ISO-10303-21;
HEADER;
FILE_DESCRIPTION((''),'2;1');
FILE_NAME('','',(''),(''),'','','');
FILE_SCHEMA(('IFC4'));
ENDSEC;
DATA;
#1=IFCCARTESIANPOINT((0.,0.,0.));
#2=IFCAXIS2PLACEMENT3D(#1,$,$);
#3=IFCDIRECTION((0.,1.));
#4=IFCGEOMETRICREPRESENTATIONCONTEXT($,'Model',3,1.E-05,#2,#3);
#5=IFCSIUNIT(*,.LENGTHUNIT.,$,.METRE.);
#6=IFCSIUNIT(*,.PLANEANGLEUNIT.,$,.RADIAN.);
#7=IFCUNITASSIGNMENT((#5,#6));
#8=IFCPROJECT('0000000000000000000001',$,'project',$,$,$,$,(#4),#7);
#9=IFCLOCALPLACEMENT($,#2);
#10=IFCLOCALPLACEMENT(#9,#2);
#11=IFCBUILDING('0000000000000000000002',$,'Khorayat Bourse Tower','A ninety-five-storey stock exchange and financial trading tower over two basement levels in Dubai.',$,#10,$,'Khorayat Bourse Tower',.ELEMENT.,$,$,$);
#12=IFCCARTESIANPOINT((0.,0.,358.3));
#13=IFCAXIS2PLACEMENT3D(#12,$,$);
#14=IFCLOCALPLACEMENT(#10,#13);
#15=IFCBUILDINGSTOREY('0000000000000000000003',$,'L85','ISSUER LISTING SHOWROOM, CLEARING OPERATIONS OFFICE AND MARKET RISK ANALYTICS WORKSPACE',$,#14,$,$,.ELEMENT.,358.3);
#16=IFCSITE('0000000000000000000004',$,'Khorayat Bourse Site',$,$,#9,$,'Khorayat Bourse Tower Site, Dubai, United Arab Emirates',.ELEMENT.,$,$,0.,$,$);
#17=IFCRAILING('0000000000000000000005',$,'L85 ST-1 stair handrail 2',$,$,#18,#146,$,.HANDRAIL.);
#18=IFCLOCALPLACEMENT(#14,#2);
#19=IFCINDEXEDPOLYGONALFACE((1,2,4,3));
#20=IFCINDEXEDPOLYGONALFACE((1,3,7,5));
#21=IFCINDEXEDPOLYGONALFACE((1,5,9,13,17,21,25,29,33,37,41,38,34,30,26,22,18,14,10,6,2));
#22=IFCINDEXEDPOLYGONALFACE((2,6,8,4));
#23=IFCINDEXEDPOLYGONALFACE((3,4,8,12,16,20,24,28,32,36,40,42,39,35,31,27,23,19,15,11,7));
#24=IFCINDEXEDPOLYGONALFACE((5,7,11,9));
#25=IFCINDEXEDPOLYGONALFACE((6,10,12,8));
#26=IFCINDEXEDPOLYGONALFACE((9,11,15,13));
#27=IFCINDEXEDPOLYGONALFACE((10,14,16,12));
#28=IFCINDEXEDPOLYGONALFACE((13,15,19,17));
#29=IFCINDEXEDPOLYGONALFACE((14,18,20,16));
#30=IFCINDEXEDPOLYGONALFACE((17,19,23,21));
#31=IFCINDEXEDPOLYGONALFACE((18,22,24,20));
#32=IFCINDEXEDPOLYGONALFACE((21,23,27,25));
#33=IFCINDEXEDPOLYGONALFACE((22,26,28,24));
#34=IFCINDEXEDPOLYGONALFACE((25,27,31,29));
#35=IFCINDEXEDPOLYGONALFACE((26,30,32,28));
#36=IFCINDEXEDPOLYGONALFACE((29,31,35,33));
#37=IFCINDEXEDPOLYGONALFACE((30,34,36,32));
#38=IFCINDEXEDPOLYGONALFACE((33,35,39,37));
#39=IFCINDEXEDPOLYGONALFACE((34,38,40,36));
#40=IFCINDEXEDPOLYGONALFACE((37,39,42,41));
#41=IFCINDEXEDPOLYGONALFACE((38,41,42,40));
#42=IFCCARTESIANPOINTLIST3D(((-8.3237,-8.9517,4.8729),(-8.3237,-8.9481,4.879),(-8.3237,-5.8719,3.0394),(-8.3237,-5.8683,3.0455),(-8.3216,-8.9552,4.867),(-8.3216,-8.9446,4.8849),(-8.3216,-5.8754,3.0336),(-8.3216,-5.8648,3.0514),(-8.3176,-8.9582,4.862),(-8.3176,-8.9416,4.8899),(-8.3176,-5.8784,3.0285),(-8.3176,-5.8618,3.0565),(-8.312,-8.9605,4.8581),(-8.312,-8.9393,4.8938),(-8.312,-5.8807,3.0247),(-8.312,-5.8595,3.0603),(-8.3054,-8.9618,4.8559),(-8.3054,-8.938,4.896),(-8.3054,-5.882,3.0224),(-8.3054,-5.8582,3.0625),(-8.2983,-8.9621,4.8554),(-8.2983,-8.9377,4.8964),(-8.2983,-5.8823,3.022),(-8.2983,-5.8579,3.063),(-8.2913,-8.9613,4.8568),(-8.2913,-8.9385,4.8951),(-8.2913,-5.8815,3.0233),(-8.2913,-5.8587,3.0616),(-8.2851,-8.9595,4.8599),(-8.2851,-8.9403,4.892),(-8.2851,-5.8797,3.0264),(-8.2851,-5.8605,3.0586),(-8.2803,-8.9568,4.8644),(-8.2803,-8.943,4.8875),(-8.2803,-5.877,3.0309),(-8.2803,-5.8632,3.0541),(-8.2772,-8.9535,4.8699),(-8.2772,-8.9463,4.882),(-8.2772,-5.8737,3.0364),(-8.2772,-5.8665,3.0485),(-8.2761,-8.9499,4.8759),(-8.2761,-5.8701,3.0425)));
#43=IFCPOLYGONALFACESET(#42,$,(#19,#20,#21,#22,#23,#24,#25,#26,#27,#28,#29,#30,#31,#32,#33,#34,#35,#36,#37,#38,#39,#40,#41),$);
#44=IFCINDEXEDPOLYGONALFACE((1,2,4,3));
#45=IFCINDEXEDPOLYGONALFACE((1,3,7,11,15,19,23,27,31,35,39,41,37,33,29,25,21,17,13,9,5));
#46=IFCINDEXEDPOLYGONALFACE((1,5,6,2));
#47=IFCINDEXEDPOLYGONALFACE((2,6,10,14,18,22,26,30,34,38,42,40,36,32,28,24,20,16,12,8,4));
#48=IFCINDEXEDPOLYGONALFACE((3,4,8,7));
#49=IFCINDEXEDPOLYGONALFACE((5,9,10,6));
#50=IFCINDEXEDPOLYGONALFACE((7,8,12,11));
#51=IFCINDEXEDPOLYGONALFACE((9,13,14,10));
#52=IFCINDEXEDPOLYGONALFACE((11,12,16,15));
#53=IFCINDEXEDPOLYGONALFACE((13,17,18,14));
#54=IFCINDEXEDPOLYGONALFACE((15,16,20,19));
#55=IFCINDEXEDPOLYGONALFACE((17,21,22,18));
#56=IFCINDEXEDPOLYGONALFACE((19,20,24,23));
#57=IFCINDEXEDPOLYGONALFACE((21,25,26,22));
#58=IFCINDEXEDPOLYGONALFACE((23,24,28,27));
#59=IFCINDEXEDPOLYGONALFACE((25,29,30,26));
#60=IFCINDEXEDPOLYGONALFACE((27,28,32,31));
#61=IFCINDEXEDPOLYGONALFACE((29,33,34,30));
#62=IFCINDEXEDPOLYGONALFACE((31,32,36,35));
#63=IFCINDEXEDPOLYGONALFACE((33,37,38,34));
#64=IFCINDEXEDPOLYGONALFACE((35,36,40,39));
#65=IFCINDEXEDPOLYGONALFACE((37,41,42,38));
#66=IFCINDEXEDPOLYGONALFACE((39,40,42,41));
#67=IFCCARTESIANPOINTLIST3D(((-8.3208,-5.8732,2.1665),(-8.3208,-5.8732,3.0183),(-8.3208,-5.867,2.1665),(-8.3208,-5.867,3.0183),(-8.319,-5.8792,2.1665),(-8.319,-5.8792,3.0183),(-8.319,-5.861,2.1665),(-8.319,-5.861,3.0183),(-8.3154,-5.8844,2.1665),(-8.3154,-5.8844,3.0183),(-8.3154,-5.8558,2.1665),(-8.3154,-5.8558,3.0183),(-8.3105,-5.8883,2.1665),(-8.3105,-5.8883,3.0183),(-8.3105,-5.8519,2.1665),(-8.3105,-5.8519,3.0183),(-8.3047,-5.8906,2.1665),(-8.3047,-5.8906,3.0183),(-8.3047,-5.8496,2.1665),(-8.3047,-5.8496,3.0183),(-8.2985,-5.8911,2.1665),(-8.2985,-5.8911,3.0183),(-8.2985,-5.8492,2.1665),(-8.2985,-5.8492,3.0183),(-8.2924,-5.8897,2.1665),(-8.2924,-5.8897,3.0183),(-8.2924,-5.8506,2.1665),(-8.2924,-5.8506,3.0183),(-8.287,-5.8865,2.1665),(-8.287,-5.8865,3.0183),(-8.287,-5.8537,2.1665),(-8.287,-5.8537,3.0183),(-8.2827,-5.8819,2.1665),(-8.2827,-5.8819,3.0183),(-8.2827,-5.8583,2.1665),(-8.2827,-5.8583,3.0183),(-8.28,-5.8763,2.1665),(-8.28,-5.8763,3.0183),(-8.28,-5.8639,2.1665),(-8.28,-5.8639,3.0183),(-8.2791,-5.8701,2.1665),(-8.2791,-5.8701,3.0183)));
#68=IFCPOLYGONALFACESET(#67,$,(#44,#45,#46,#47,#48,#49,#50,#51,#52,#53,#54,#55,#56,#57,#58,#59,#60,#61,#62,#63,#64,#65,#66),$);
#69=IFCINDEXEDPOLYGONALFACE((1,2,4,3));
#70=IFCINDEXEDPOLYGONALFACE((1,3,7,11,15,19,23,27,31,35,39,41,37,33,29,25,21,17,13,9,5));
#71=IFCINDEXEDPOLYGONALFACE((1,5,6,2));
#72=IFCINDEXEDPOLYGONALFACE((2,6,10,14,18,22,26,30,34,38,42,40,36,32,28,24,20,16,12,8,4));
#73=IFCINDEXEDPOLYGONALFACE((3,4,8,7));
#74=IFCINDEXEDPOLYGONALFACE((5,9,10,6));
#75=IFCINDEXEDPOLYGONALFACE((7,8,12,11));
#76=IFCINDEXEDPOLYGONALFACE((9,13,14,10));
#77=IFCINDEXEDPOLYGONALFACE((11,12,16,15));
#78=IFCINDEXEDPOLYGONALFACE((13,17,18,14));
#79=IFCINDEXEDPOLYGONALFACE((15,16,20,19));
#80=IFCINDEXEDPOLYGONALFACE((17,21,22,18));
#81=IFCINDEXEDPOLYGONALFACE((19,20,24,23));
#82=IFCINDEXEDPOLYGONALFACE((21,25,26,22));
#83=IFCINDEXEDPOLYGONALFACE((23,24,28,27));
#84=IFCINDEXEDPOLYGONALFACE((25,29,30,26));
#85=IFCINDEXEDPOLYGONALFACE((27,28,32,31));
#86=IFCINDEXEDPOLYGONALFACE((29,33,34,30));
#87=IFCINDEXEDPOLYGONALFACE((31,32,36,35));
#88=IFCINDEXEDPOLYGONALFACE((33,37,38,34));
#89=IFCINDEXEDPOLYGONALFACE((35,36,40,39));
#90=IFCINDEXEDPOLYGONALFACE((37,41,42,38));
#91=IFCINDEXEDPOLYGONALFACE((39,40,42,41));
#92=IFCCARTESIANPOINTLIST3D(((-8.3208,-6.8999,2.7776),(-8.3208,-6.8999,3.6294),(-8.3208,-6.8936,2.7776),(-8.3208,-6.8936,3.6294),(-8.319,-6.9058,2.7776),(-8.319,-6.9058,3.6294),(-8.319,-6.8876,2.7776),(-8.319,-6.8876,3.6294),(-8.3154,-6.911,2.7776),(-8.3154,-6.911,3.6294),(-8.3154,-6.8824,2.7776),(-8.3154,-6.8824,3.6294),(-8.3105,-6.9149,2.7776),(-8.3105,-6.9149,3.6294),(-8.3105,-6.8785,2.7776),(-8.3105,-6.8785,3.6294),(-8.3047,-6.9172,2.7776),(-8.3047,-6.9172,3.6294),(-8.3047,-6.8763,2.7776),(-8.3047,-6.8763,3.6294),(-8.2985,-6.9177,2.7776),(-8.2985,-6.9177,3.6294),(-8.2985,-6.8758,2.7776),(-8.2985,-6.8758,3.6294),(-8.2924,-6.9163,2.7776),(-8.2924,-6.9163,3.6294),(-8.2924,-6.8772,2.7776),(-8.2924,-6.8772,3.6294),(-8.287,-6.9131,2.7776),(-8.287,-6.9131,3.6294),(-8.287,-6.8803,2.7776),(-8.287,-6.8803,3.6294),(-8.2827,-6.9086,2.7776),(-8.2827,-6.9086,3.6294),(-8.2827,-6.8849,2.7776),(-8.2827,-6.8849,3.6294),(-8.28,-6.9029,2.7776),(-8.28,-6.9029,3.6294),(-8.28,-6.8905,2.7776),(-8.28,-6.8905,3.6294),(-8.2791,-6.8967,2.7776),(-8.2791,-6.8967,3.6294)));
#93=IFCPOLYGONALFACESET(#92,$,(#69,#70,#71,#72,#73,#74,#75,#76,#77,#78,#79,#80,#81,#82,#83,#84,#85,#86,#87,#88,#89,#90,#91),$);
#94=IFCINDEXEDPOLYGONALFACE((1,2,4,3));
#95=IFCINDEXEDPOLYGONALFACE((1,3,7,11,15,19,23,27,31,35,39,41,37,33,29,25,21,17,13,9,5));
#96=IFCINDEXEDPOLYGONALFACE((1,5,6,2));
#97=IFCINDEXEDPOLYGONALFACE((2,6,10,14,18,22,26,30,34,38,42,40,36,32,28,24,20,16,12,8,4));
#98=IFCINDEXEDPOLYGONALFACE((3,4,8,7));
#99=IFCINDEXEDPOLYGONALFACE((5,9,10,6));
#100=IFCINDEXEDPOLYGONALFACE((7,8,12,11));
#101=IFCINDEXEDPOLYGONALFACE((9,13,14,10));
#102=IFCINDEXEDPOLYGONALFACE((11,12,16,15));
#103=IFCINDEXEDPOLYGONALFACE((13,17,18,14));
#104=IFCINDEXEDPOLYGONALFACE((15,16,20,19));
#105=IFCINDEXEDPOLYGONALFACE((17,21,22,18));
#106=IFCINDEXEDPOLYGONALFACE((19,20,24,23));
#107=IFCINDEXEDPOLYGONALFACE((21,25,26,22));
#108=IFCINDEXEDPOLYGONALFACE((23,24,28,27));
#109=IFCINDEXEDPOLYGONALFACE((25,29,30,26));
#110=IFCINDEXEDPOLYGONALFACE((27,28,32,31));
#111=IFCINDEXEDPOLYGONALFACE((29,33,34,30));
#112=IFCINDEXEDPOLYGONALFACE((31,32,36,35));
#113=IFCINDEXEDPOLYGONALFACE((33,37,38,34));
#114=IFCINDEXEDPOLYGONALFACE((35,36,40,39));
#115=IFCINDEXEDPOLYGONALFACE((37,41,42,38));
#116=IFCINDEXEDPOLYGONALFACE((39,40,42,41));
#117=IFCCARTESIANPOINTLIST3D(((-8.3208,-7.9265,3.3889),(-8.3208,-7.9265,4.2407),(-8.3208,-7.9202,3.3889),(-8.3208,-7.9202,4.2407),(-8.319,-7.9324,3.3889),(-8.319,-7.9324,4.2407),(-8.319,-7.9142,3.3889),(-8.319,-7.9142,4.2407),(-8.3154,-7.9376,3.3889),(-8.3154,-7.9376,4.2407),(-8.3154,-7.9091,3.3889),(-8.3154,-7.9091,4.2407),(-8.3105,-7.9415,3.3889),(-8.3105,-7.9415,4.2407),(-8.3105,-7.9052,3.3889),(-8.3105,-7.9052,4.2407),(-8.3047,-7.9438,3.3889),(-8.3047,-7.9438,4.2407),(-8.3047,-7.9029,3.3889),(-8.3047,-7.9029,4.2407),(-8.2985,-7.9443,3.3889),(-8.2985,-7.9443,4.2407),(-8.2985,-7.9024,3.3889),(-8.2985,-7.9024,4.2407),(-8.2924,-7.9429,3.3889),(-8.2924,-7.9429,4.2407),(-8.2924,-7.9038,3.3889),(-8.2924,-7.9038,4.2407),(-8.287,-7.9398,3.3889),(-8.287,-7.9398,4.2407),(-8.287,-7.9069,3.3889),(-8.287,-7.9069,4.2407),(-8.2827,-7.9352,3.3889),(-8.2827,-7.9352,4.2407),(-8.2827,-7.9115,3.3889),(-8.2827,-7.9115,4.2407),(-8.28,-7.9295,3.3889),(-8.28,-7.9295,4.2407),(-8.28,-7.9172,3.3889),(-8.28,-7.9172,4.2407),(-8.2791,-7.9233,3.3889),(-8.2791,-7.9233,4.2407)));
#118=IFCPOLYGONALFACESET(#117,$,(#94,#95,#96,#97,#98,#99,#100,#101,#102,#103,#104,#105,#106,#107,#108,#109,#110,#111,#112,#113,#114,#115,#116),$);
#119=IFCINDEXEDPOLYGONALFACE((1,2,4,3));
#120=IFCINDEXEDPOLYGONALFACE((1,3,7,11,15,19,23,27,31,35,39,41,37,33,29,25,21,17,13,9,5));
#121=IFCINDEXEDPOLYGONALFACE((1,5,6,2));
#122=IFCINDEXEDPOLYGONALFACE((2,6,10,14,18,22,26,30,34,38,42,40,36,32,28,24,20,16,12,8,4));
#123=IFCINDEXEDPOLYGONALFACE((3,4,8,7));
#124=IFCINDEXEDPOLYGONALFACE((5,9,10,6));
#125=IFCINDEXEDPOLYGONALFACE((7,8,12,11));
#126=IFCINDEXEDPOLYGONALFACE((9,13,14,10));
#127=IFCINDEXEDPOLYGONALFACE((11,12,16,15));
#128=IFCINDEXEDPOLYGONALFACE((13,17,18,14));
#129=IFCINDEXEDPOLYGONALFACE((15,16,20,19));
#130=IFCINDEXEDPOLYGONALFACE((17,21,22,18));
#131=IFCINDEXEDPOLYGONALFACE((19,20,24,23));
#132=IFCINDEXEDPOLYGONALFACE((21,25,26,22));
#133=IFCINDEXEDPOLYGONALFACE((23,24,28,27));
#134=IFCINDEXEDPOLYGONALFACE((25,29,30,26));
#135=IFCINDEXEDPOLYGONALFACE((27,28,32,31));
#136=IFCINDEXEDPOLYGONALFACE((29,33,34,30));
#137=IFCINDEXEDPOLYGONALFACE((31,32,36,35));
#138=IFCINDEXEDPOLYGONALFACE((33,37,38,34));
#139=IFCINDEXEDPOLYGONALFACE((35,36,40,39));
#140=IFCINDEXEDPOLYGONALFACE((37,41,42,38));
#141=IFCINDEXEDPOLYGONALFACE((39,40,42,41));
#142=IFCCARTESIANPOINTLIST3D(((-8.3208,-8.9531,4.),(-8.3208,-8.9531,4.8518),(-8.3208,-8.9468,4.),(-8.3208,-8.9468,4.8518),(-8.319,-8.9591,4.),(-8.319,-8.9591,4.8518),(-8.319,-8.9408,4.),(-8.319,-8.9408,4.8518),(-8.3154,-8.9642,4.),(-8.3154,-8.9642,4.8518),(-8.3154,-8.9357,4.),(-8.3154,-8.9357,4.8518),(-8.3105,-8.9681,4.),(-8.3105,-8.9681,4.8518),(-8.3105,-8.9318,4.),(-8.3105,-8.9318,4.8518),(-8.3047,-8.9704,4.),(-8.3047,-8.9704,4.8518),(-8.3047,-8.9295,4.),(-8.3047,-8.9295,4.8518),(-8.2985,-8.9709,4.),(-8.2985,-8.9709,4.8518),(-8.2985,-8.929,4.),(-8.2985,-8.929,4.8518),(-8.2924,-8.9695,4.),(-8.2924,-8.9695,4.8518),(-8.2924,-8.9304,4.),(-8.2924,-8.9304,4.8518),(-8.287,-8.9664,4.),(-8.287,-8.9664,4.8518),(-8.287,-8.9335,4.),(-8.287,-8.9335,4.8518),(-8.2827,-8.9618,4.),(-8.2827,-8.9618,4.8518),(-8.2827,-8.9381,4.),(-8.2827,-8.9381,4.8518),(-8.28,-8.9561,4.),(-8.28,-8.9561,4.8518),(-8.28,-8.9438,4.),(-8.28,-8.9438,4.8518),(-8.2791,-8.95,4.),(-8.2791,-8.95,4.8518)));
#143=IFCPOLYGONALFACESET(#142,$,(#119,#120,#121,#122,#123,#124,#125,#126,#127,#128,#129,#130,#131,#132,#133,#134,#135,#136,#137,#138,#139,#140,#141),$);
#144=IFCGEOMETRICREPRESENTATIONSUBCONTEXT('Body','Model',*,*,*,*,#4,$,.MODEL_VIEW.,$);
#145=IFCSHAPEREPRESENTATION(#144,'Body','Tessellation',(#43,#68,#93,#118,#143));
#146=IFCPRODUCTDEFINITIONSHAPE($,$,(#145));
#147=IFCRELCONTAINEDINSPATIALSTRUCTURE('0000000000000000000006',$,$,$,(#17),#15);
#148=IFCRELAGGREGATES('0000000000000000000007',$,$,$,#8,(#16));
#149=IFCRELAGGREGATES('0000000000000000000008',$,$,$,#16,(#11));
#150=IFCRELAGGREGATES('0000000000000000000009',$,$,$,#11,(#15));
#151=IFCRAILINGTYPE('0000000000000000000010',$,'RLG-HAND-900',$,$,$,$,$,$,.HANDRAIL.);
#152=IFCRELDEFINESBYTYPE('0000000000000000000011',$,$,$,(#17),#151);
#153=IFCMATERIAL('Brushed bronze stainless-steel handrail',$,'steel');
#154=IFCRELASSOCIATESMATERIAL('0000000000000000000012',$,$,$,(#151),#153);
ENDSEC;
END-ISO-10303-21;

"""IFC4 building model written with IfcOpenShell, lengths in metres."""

from ifc_helpers import new_model, si_unit, direction, frame, origin, origin_2d, place, context, subcontext, project, spatial, circle, extrude, source, transform, mapped, material, type_object, element, save


model = new_model("IFC4")

# Units and contexts
model_context = context("Model", 3, precision=1e-05, world=origin(), true_north=direction((0.0, 1.0)))
body_context = subcontext(model_context, "Body", "Model", "MODEL_VIEW")
ifc_project = project(units=[si_unit("LENGTHUNIT", "METRE"), si_unit("PLANEANGLEUNIT", "RADIAN")], contexts=[model_context])

# Site, building, storey
site_placement = place(None, origin())
site = spatial("IfcSite", under=ifc_project, at=site_placement, Name="Khorayat Bourse Site", LongName="Khorayat Bourse Tower Site, Dubai, United Arab Emirates", CompositionType="ELEMENT", RefElevation=0.0)
building_placement = place(site_placement, origin())
building = spatial("IfcBuilding", under=site, at=building_placement, Name="Khorayat Bourse Tower", Description="A ninety-five-storey stock exchange and financial trading tower over two basement levels in Dubai.", LongName="Khorayat Bourse Tower", CompositionType="ELEMENT")
storey_placement = place(building_placement, frame((0.0, 0.0, 358.3)))
storey = spatial("IfcBuildingStorey", under=building, at=storey_placement, Name="L85", Description="ISSUER LISTING SHOWROOM, CLEARING OPERATIONS OFFICE AND MARKET RISK ANALYTICS WORKSPACE", CompositionType="ELEMENT", Elevation=358.3)

# Railing
ifc_material_1 = material(Name="Brushed bronze stainless-steel handrail", Category="steel")
railing_type_1 = type_object("IfcRailingType", Name="RLG-HAND-900", PredefinedType="HANDRAIL", material=ifc_material_1)
shared_shape_1 = source(origin(), body_context, "Body", "SweptSolid", [
    extrude(circle(Radius=0.0239, at=origin_2d()), frame((0.0, 0.0, 0.876), z_axis=(0.0, -0.859261, 0.511538), x_axis=(1.0, 0.0, 0.0)), (0.0, 0.0, 1.0), 3.5842),
    extrude(circle(Radius=0.021, at=origin_2d()), origin(), (0.0, 0.0, 1.0), 0.8518),
    extrude(circle(Radius=0.021, at=origin_2d()), frame((0.0, -1.0266, 0.6111)), (0.0, 0.0, 1.0), 0.8518),
    extrude(circle(Radius=0.021, at=origin_2d()), frame((0.0, -2.0532, 1.2224)), (0.0, 0.0, 1.0), 0.8518),
    extrude(circle(Radius=0.021, at=origin_2d()), frame((0.0, -3.0798, 1.8335)), (0.0, 0.0, 1.0), 0.8518),
])
railing_1_placement = place(storey_placement, frame((-8.3, -5.8701, 2.1665)))
element("IfcRailing", 1, at=railing_1_placement, inside=storey, type_object=railing_type_1, Name="L85 ST-1 stair handrail 2", PredefinedType="HANDRAIL", context=body_context, shape_type="MappedRepresentation", body=[
    mapped(shared_shape_1, transform((0.0, 0.0, 0.0), scale=1.0)),
])

save(model, "model.ifc")
